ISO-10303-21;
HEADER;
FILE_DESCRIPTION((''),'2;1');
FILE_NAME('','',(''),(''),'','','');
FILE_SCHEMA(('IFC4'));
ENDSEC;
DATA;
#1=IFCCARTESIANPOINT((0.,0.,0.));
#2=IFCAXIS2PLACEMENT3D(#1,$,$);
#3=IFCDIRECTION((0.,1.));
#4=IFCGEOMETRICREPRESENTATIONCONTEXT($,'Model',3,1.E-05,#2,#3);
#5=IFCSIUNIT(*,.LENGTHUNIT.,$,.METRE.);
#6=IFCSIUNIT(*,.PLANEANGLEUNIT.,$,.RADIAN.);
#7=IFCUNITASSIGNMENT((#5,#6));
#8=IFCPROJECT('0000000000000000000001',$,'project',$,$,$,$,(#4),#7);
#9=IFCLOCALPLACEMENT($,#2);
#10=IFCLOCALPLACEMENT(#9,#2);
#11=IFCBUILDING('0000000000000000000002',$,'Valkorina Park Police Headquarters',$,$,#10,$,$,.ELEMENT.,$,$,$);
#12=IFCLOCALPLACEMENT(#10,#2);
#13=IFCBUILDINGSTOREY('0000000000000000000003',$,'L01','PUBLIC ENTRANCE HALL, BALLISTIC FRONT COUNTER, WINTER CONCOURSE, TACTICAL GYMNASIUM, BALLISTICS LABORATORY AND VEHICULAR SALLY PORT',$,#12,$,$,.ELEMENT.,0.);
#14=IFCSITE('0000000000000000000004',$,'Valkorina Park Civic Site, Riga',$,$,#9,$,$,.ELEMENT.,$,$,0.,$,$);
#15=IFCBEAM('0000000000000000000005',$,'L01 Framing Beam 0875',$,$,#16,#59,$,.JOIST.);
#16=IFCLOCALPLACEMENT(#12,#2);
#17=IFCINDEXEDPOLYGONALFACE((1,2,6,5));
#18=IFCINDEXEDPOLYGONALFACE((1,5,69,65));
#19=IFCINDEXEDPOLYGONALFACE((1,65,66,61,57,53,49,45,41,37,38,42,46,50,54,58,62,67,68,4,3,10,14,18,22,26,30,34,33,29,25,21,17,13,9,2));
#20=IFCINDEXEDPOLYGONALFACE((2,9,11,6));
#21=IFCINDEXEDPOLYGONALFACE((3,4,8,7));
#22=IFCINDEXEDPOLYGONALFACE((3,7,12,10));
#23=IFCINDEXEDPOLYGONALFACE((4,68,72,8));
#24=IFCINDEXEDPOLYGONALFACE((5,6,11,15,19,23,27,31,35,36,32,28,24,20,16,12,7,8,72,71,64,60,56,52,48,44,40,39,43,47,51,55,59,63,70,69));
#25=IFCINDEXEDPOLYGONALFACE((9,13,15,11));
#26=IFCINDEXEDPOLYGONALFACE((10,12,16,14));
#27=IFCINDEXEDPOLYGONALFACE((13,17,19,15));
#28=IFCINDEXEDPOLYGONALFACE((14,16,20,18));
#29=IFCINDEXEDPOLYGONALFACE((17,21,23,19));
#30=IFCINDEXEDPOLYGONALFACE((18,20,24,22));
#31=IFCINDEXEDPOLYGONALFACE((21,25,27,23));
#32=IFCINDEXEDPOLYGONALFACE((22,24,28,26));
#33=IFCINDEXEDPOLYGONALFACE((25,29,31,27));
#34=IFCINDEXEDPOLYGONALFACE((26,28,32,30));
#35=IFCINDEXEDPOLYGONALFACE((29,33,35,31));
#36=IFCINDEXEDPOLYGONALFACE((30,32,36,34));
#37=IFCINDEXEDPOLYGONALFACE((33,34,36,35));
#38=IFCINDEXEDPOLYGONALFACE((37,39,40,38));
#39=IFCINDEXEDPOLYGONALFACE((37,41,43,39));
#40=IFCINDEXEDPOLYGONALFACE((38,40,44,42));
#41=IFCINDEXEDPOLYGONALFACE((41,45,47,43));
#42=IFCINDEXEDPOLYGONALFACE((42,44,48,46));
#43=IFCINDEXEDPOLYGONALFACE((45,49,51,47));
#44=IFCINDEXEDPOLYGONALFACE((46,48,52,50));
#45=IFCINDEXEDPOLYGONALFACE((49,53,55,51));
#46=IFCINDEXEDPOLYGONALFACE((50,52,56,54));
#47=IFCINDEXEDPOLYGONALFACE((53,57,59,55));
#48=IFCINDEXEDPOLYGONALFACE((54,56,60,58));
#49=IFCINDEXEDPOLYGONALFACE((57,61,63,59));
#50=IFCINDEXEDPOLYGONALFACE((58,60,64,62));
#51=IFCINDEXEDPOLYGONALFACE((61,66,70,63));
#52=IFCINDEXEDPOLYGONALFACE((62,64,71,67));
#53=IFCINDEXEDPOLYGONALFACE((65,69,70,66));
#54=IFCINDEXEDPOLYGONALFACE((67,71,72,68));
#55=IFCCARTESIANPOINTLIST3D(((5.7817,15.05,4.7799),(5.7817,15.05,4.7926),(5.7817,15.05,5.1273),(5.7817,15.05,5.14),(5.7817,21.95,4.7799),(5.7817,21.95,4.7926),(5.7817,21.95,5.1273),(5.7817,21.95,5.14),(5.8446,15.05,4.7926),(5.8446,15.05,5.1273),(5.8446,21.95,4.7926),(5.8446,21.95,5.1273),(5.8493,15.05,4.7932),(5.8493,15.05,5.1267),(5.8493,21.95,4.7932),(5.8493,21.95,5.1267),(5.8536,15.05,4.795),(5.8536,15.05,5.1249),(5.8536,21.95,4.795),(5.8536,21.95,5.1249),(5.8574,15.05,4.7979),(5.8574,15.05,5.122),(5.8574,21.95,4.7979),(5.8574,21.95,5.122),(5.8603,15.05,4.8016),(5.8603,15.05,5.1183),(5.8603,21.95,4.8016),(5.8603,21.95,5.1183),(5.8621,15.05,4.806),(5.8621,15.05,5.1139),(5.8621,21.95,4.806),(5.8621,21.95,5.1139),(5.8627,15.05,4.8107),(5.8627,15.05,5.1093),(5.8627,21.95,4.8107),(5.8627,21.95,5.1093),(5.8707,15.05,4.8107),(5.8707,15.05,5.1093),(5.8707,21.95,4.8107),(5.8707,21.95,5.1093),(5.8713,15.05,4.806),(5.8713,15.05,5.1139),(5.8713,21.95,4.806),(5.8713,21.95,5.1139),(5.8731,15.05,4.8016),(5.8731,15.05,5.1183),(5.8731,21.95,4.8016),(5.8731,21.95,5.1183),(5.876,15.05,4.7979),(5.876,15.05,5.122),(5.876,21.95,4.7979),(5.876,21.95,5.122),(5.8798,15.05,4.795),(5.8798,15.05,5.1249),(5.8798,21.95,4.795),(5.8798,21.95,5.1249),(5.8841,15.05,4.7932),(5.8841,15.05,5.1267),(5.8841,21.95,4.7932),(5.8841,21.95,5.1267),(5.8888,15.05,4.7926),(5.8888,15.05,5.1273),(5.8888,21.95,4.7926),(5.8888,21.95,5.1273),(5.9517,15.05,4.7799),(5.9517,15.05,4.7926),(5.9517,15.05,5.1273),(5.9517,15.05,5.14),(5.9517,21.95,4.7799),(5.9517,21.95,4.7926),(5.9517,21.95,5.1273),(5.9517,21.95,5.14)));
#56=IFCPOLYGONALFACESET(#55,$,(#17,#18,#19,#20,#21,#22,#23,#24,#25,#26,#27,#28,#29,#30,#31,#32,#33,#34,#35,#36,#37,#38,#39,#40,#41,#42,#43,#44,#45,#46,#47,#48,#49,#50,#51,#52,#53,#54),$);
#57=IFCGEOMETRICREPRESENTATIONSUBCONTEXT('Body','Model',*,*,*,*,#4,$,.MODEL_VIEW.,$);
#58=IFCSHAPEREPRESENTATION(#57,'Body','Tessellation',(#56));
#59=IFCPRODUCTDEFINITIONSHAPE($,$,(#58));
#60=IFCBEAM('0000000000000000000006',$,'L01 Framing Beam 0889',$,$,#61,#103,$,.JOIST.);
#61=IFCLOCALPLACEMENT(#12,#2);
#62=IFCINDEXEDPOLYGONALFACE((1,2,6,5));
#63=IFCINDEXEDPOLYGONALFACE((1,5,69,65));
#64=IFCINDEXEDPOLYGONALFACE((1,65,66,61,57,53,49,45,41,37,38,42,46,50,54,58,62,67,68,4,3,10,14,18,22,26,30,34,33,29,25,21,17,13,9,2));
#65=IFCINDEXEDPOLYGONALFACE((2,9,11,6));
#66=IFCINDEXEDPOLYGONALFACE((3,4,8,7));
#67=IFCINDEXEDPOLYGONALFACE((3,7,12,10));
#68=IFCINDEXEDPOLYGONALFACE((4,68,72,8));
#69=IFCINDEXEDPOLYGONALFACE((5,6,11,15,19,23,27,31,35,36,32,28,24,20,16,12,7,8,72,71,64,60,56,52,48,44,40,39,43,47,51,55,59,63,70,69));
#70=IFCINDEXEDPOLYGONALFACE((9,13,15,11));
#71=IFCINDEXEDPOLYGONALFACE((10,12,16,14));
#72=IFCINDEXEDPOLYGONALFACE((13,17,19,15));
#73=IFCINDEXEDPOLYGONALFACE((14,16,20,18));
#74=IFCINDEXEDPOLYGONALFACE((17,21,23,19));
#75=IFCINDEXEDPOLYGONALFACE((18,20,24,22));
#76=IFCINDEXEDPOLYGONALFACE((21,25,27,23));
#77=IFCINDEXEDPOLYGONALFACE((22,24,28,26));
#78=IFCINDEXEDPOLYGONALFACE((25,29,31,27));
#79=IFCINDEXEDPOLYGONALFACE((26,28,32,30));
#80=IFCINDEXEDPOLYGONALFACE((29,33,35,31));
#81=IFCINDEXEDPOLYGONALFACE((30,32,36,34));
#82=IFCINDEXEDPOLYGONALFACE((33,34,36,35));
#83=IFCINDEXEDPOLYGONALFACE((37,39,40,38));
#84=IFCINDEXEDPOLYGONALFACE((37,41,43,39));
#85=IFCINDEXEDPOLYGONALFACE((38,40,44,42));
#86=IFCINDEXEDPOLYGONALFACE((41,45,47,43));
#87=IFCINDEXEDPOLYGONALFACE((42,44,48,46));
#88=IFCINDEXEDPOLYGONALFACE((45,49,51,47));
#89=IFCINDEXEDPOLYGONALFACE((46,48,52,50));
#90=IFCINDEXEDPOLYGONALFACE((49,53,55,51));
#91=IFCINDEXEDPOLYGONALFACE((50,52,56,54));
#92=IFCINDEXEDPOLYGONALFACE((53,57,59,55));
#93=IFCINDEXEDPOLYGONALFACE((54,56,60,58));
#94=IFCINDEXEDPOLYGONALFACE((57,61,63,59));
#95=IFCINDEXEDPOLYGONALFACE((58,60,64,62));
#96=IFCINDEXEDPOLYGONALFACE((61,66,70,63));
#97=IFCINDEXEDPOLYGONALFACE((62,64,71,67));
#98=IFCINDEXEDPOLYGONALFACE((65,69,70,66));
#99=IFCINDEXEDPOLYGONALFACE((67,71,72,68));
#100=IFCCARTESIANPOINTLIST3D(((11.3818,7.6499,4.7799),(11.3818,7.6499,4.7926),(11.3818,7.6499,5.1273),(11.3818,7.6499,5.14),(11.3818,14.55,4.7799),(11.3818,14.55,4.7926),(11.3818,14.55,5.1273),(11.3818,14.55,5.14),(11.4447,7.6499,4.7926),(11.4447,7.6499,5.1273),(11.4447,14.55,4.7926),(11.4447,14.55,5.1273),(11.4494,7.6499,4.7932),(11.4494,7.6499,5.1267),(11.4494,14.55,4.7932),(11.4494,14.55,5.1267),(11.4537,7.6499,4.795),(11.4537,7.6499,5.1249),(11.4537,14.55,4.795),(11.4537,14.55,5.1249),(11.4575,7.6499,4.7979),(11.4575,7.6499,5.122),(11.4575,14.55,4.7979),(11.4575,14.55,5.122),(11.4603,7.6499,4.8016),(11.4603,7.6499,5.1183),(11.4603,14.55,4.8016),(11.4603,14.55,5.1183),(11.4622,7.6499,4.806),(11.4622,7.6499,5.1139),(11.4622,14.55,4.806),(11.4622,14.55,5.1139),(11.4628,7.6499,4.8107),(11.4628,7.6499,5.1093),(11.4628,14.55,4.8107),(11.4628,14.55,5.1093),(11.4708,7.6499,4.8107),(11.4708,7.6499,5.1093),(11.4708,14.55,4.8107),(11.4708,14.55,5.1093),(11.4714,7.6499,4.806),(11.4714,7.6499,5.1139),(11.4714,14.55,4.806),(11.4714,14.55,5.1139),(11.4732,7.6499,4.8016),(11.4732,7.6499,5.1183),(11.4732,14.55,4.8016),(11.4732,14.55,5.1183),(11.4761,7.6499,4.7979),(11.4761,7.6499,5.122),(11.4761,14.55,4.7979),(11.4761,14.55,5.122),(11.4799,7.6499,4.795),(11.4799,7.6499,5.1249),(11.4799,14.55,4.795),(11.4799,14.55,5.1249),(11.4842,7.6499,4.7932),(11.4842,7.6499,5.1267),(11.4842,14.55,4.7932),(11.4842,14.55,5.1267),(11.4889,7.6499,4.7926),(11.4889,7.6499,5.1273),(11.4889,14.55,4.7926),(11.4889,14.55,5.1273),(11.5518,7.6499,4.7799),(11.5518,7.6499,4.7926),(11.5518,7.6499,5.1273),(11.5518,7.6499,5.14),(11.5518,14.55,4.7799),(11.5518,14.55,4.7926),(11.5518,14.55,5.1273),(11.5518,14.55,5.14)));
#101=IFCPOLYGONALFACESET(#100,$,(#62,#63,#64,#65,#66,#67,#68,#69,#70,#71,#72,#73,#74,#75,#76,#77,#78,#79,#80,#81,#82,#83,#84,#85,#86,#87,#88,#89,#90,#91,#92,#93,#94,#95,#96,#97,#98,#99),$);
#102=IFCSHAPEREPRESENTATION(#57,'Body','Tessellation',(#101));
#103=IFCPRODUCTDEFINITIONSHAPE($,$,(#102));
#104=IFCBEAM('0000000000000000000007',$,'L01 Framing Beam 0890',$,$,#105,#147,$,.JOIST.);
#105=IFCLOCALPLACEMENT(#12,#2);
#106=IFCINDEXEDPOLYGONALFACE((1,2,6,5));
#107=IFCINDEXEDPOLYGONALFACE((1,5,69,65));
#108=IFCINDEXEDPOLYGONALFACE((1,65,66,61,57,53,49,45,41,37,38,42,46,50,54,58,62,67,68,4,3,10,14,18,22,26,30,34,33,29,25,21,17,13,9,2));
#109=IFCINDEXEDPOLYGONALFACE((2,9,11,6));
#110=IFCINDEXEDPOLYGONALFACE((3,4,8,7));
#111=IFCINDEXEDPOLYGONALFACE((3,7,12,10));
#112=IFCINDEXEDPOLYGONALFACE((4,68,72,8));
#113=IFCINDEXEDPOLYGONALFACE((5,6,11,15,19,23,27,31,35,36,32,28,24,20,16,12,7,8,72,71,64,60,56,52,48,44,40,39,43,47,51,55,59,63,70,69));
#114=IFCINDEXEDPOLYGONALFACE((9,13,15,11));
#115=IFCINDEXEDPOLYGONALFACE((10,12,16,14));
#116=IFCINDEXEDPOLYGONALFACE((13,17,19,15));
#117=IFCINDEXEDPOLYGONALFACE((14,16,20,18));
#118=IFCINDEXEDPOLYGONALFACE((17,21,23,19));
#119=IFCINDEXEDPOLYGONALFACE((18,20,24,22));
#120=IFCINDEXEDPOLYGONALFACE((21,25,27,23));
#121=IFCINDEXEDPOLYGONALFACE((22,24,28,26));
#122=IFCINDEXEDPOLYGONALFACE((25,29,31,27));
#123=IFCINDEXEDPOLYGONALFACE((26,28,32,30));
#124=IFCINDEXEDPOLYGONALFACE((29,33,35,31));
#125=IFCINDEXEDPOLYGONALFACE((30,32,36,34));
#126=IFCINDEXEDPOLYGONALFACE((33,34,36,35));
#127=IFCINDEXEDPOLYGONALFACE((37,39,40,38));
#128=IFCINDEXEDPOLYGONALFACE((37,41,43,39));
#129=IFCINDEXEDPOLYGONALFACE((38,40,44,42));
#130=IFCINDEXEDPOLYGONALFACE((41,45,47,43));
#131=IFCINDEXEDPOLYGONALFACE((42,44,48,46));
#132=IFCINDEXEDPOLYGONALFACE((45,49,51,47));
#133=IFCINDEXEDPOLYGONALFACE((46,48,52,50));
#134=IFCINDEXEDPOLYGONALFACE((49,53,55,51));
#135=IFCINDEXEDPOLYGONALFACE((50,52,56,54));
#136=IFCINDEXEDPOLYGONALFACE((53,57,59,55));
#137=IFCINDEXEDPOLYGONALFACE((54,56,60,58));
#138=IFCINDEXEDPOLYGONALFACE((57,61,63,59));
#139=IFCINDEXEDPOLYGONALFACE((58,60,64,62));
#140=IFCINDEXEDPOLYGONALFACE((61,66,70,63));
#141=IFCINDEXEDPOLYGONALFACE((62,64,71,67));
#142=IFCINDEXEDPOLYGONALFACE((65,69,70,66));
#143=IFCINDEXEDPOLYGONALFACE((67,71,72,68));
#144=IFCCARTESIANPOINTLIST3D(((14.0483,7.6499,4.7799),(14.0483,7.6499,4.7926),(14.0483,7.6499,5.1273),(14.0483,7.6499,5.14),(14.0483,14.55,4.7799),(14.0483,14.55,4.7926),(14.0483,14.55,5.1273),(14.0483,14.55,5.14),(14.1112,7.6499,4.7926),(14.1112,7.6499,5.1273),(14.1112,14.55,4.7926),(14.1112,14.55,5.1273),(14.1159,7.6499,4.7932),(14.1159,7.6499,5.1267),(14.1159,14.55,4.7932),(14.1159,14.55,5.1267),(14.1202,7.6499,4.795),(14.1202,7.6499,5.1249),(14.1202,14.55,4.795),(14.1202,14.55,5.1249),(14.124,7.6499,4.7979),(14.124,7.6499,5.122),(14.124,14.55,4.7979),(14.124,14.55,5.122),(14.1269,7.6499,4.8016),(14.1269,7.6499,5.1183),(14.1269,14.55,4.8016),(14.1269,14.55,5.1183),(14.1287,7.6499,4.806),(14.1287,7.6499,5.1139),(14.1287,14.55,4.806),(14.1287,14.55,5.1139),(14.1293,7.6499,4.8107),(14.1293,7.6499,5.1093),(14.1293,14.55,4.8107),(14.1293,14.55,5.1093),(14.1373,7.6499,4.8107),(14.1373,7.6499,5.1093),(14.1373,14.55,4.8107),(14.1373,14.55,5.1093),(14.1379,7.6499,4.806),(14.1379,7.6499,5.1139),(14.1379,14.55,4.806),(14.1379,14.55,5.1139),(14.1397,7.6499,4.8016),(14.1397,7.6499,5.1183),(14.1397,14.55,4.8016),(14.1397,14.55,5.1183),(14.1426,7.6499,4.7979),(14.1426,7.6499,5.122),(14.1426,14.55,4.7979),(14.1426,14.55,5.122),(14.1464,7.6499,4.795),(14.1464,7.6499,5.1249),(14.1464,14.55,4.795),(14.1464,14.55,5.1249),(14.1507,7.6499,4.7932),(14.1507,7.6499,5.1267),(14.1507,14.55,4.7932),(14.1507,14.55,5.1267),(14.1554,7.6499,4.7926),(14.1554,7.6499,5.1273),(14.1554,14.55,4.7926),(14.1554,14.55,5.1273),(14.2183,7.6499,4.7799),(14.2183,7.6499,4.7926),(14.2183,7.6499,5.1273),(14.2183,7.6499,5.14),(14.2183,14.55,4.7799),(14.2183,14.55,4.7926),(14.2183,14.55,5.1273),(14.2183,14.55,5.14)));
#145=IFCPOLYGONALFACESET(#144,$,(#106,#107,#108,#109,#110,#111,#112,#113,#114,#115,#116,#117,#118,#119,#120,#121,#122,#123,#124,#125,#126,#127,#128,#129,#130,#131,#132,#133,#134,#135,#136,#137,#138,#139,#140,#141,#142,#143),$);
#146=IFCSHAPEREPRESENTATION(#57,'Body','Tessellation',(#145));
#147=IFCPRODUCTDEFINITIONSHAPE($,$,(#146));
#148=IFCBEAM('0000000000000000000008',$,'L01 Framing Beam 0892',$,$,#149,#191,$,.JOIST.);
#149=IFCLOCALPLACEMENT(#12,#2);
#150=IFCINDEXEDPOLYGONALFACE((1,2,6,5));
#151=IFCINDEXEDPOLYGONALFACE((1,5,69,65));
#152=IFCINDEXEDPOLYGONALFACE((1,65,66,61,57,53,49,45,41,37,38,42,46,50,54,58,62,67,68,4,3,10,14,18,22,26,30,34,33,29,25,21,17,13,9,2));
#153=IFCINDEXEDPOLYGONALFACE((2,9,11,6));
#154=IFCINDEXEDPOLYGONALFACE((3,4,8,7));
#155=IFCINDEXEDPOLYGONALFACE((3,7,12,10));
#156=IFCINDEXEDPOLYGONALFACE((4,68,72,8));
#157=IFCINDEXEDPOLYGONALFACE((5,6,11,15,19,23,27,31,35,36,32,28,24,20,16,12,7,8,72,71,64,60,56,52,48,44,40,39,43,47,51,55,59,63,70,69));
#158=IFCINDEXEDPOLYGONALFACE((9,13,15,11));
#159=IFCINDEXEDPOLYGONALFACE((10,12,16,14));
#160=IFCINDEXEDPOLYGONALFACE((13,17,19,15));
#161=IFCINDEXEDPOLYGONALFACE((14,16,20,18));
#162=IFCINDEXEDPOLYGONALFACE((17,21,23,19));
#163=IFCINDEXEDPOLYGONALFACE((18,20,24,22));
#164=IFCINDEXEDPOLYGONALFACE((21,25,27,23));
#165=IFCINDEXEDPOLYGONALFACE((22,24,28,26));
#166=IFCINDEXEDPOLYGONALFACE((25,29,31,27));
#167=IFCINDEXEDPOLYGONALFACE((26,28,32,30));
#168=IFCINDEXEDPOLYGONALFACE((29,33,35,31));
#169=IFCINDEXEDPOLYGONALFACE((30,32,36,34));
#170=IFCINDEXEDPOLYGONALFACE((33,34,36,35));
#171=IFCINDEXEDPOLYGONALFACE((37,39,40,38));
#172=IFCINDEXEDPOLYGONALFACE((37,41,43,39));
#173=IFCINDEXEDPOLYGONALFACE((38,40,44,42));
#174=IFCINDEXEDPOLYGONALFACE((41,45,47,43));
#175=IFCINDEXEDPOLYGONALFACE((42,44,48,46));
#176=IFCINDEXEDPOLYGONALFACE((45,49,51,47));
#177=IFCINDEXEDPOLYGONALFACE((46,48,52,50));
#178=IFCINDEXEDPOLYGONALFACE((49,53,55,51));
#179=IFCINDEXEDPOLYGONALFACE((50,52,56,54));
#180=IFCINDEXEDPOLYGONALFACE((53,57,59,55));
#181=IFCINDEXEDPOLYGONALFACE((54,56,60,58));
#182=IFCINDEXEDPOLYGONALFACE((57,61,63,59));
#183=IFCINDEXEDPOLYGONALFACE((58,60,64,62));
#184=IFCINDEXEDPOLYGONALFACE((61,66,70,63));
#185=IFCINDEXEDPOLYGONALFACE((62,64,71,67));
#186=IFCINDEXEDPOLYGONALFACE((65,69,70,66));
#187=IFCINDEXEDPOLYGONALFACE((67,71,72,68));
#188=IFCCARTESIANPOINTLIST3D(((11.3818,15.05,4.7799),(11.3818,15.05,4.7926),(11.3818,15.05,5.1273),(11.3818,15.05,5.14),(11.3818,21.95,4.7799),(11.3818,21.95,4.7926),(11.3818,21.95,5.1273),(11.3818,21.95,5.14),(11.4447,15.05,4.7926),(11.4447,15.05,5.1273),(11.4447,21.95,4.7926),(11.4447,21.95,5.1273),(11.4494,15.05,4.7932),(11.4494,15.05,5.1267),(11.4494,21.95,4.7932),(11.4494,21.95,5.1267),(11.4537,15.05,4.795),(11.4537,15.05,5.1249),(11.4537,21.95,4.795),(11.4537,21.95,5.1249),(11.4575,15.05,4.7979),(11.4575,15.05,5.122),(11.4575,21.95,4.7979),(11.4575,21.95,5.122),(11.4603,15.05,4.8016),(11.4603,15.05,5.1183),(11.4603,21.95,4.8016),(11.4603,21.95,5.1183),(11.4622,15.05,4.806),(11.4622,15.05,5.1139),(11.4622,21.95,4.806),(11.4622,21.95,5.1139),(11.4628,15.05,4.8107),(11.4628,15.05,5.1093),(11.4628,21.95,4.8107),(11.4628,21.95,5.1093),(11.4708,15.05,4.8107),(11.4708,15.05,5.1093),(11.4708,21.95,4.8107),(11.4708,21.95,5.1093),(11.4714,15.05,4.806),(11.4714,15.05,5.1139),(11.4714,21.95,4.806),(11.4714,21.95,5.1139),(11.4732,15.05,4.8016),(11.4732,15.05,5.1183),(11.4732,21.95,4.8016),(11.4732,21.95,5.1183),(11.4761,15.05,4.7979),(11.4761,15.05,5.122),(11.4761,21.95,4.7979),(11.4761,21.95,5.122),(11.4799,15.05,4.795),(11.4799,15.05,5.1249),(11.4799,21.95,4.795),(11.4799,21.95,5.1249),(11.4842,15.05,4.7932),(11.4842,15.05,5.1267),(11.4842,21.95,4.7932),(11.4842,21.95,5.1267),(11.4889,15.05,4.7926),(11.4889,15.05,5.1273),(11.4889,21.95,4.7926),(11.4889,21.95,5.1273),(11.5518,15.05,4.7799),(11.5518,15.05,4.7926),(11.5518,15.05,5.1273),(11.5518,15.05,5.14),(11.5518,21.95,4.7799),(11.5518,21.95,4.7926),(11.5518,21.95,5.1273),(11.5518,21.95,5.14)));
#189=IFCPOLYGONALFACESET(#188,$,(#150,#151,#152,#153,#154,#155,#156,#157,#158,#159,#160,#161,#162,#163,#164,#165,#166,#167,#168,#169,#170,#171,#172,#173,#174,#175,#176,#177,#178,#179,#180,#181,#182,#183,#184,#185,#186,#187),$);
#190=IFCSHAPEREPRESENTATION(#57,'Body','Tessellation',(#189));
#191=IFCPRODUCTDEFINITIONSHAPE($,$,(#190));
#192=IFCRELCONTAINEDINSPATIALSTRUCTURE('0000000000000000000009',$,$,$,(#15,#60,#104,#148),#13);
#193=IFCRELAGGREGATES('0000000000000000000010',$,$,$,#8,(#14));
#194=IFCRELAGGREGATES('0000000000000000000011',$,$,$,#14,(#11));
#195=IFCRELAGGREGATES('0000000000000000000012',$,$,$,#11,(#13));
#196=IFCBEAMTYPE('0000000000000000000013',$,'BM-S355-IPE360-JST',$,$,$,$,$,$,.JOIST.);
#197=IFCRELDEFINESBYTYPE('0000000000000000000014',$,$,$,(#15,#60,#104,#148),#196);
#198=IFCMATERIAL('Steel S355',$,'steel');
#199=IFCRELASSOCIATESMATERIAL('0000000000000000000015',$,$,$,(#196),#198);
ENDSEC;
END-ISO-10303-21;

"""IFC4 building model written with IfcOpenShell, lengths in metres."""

from ifc_helpers import new_model, si_unit, direction, frame, origin, origin_2d, place, context, subcontext, project, spatial, i_section, extrude, material, material_profile, profile_set, type_object, element, save


model = new_model("IFC4")

# Units and contexts
model_context = context("Model", 3, precision=1e-05, world=origin(), true_north=direction((0.0, 1.0)))
body_context = subcontext(model_context, "Body", "Model", "MODEL_VIEW")
ifc_project = project(units=[si_unit("LENGTHUNIT", "METRE"), si_unit("PLANEANGLEUNIT", "RADIAN")], contexts=[model_context])

# Site, building, storey
site_placement = place(None, origin())
site = spatial("IfcSite", under=ifc_project, at=site_placement, Name="Valkorina Park Civic Site, Riga", CompositionType="ELEMENT", RefElevation=0.0)
building_placement = place(site_placement, origin())
building = spatial("IfcBuilding", under=site, at=building_placement, Name="Valkorina Park Police Headquarters", CompositionType="ELEMENT")
storey_placement = place(building_placement, origin())
storey = spatial("IfcBuildingStorey", under=building, at=storey_placement, Name="L01", Description="PUBLIC ENTRANCE HALL, BALLISTIC FRONT COUNTER, WINTER CONCOURSE, TACTICAL GYMNASIUM, BALLISTICS LABORATORY AND VEHICULAR SALLY PORT", CompositionType="ELEMENT", Elevation=0.0)

# Beams
ifc_material_1 = material(Name="Steel S355", Category="steel")
ifc_material_profile_1 = material_profile(ifc_material_1, i_section(OverallWidth=0.1699, OverallDepth=0.3601, WebThickness=0.0081, FlangeThickness=0.0127, FilletRadius=0.0181, at=origin_2d()), Name="IPE 360")
ifc_profile_set_1 = profile_set([ifc_material_profile_1], Name="Steel S355")
beam_type_1 = type_object("IfcBeamType", Name="BM-S355-IPE360-JST", PredefinedType="JOIST", material=ifc_profile_set_1)
beam_1_placement = place(storey_placement, frame((5.8667, 15.05, 4.96), z_axis=(0.0, 1.0, 0.0), x_axis=(-1.0, 0.0, 0.0)))
element("IfcBeam", 1, at=beam_1_placement, inside=storey, type_object=beam_type_1, Name="L01 Framing Beam 0875", PredefinedType="JOIST", context=body_context, shape_type="SweptSolid", body=[
    extrude(i_section(OverallWidth=0.1699, OverallDepth=0.3601, WebThickness=0.0081, FlangeThickness=0.0127, FilletRadius=0.0181, at=origin_2d()), origin(), (0.0, 0.0, 1.0), 6.8999),
])
for number, where, z_axis, x_axis, name in (
    (2, (11.4668, 7.6499, 4.96), (0.0, 1.0, 0.0), (-1.0, 0.0, 0.0), "L01 Framing Beam 0889"),
    (3, (14.1333, 7.6499, 4.96), (0.0, 1.0, 0.0), (-1.0, 0.0, 0.0), "L01 Framing Beam 0890"),
):
    element("IfcBeam", number, at=place(storey_placement, frame(where, z_axis=z_axis, x_axis=x_axis)), inside=storey, type_object=beam_type_1, Name=name, PredefinedType="JOIST", context=body_context, shape_type="SweptSolid", body=[
        extrude(i_section(OverallWidth=0.1699, OverallDepth=0.3601, WebThickness=0.0081, FlangeThickness=0.0127, FilletRadius=0.0181, at=origin_2d()), origin(), (0.0, 0.0, 1.0), 6.9001),
    ])
for number, where, z_axis, x_axis, name in (
    (4, (11.4668, 15.05, 4.96), (0.0, 1.0, 0.0), (-1.0, 0.0, 0.0), "L01 Framing Beam 0892"),
):
    element("IfcBeam", number, at=place(storey_placement, frame(where, z_axis=z_axis, x_axis=x_axis)), inside=storey, type_object=beam_type_1, Name=name, PredefinedType="JOIST", context=body_context, shape_type="SweptSolid", body=[
        extrude(i_section(OverallWidth=0.1699, OverallDepth=0.3601, WebThickness=0.0081, FlangeThickness=0.0127, FilletRadius=0.0181, at=origin_2d()), origin(), (0.0, 0.0, 1.0), 6.8999),
    ])

save(model, "model.ifc")
